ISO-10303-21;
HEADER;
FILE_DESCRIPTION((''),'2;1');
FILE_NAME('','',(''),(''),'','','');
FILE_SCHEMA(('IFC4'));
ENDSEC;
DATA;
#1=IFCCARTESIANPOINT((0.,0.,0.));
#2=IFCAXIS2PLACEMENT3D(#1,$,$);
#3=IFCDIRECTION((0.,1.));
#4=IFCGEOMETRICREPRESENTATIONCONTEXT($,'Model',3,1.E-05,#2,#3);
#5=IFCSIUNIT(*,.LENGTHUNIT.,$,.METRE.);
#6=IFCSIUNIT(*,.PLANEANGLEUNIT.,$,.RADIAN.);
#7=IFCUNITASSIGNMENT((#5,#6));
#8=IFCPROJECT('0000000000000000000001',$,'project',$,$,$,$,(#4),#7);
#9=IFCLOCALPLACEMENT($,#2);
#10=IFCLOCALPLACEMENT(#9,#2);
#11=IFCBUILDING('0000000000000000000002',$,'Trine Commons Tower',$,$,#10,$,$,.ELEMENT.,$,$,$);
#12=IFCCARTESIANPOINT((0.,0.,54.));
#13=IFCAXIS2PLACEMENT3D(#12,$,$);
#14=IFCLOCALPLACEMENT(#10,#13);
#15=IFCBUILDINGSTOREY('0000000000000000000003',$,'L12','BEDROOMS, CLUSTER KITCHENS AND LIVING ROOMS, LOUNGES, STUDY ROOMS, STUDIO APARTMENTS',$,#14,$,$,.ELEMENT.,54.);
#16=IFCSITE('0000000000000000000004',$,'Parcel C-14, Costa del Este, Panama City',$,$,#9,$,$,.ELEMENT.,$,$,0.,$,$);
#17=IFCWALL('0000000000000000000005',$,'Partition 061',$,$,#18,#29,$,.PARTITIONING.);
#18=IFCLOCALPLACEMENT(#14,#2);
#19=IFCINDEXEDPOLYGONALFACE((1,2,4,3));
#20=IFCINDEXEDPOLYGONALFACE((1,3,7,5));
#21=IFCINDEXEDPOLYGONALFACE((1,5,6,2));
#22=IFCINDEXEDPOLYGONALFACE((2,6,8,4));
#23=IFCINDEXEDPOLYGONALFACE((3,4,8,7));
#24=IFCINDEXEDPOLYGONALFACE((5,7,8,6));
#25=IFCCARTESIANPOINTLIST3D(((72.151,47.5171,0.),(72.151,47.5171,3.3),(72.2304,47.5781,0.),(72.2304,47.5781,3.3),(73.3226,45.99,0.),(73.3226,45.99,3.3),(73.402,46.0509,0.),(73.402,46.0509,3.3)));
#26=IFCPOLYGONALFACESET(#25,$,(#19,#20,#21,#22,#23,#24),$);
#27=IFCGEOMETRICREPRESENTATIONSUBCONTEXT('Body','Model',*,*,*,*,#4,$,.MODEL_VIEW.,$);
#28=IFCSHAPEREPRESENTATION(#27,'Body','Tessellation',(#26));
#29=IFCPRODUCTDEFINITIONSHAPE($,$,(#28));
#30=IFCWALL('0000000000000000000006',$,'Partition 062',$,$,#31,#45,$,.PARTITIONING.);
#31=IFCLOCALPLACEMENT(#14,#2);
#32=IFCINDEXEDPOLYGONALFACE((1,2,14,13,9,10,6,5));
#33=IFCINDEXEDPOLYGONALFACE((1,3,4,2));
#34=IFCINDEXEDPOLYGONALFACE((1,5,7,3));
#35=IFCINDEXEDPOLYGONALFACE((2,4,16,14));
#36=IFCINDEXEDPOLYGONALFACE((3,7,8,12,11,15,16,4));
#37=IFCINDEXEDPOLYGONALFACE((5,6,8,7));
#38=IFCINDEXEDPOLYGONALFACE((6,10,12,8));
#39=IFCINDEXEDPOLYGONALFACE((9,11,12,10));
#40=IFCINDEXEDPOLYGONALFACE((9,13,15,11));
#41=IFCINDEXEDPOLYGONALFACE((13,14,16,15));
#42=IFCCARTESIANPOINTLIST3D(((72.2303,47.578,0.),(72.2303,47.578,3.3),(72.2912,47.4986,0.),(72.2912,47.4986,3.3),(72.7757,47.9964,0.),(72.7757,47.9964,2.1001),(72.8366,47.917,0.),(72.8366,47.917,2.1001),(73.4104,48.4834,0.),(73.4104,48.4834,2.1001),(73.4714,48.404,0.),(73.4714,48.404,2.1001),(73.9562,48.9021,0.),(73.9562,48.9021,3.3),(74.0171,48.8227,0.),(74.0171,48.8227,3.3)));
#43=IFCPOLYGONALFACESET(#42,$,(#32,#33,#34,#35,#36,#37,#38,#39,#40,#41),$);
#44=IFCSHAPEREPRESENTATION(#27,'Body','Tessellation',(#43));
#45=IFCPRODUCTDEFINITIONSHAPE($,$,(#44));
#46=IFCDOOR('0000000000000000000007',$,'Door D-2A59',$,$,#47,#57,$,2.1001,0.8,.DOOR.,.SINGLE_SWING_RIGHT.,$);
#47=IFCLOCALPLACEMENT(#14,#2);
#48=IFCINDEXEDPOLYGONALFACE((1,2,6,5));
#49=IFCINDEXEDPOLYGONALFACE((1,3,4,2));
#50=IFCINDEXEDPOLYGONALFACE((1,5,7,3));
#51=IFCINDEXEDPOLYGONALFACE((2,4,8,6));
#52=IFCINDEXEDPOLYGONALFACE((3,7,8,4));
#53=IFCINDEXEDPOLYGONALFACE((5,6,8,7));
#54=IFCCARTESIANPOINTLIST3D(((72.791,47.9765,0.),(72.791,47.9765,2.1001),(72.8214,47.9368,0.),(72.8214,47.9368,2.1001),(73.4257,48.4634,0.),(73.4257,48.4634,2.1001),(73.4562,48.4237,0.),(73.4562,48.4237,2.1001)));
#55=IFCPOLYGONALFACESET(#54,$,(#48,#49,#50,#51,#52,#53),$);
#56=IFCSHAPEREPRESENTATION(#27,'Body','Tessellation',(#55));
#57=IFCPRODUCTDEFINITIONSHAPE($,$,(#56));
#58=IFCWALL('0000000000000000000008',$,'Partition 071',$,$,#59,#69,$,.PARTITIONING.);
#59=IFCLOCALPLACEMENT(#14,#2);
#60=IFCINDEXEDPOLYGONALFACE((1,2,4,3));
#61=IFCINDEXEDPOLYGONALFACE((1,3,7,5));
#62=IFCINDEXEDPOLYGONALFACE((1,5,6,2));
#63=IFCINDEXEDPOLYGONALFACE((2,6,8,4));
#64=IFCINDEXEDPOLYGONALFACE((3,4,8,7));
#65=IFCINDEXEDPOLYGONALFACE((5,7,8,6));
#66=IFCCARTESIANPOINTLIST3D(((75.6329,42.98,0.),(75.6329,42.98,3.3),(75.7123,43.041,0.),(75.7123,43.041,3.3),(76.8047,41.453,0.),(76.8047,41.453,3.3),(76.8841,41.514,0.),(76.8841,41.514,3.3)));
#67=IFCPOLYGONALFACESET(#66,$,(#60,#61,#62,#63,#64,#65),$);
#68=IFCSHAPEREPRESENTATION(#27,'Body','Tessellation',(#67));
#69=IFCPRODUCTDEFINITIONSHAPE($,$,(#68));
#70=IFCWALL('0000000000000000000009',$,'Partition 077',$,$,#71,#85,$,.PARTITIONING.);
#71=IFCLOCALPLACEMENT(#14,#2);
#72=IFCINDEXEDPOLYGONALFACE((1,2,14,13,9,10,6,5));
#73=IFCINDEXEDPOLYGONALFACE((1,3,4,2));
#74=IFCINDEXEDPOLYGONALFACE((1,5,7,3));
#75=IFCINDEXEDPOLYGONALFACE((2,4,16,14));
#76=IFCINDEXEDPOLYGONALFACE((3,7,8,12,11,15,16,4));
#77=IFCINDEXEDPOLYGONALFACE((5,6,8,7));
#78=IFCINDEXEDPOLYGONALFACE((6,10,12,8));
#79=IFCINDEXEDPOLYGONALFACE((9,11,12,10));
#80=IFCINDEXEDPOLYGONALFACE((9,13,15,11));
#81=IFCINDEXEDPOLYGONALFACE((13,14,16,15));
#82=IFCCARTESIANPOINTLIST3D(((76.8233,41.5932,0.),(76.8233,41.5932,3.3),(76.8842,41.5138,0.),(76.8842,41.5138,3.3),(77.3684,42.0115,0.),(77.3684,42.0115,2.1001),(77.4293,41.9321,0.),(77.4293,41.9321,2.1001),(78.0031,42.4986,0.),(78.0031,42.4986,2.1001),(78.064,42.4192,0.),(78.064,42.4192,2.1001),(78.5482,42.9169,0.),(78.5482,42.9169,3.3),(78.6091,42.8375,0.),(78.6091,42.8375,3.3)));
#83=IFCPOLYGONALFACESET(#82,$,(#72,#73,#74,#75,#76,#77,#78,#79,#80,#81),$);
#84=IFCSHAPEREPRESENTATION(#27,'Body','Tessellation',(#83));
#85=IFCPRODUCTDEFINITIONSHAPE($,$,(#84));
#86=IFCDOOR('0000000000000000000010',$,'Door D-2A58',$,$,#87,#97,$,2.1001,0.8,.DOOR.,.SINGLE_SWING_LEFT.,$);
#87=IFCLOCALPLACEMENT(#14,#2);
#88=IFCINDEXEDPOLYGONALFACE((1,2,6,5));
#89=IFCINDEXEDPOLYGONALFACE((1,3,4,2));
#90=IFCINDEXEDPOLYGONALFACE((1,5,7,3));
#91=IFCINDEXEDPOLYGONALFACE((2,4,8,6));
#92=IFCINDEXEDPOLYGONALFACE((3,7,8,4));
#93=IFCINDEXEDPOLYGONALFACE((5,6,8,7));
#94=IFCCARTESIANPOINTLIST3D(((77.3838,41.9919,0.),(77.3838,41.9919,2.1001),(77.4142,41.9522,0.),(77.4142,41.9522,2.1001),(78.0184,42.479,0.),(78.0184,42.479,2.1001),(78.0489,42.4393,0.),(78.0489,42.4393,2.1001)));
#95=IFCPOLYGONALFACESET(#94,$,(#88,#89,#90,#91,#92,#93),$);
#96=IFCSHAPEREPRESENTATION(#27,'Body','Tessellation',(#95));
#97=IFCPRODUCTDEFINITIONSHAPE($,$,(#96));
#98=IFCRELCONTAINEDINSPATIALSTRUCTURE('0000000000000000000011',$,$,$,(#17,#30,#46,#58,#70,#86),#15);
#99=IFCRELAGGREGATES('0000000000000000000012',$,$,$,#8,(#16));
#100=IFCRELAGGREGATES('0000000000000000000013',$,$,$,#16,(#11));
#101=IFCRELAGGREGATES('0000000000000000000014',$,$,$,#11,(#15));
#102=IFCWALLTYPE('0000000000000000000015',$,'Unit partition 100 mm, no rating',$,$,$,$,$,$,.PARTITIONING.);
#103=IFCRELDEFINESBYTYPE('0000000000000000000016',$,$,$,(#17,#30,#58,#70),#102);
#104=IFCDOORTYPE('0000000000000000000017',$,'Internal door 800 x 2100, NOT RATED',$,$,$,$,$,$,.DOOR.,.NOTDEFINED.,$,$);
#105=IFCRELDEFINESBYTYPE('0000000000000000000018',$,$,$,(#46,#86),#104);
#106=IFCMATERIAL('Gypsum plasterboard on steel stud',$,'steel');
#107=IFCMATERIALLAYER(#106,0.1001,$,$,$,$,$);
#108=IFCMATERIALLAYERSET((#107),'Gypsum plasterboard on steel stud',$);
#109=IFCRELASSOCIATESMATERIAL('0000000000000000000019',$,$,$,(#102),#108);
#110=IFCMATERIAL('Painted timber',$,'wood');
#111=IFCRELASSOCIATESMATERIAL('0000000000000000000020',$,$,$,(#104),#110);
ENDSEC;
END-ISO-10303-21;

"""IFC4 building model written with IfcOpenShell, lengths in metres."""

from ifc_helpers import new_model, si_unit, direction, frame, frame_2d, origin, place, context, subcontext, project, spatial, rectangle, extrude, material, layer, layer_set, type_object, element, fill, save


model = new_model("IFC4")

# Units and contexts
model_context = context("Model", 3, precision=1e-05, world=origin(), true_north=direction((0.0, 1.0)))
body_context = subcontext(model_context, "Body", "Model", "MODEL_VIEW")
ifc_project = project(units=[si_unit("LENGTHUNIT", "METRE"), si_unit("PLANEANGLEUNIT", "RADIAN")], contexts=[model_context])

# Site, building, storey
site_placement = place(None, origin())
site = spatial("IfcSite", under=ifc_project, at=site_placement, Name="Parcel C-14, Costa del Este, Panama City", CompositionType="ELEMENT", RefElevation=0.0)
building_placement = place(site_placement, origin())
building = spatial("IfcBuilding", under=site, at=building_placement, Name="Trine Commons Tower", CompositionType="ELEMENT")
storey_placement = place(building_placement, frame((0.0, 0.0, 54.0)))
storey = spatial("IfcBuildingStorey", under=building, at=storey_placement, Name="L12", Description="BEDROOMS, CLUSTER KITCHENS AND LIVING ROOMS, LOUNGES, STUDY ROOMS, STUDIO APARTMENTS", CompositionType="ELEMENT", Elevation=54.0)

# Shared definitions
ifc_material_1 = material(Name="Gypsum plasterboard on steel stud", Category="steel")

# Shared definitions
ifc_layer_1 = layer(ifc_material_1, 0.1001)
ifc_layer_set_1 = layer_set([ifc_layer_1], Name="Gypsum plasterboard on steel stud")
wall_type_1 = type_object("IfcWallType", Name="Unit partition 100 mm, no rating", PredefinedType="PARTITIONING", material=ifc_layer_set_1)

# Shared definitions
ifc_material_2 = material(Name="Painted timber", Category="wood")
door_type_1 = type_object("IfcDoorType", Name="Internal door 800 x 2100, NOT RATED", OperationType="NOTDEFINED", PredefinedType="DOOR", material=ifc_material_2)

# Wall
wall_1_placement = place(storey_placement, frame((72.1907, 47.5476, 0.0), z_axis=(0.0, 0.0, 1.0), x_axis=(0.608711, -0.793392, 0.0)))
element("IfcWall", 1, at=wall_1_placement, inside=storey, type_object=wall_type_1, Name="Partition 061", PredefinedType="PARTITIONING", context=body_context, shape_type="SweptSolid", body=[
    extrude(rectangle(XDim=1.9248, YDim=0.1001, at=frame_2d((0.9624, 0.0))), origin(), (0.0, 0.0, 1.0), 3.3),
])

# Wall, opening, door
wall_2_placement = place(storey_placement, frame((72.2607, 47.5383, 0.0), z_axis=(0.0, 0.0, 1.0), x_axis=(0.79342, 0.608674, 0.0)))
wall_2 = element("IfcWall", 2, at=wall_2_placement, inside=storey, type_object=wall_type_1, Name="Partition 062", PredefinedType="PARTITIONING", context=body_context, shape_type="SweptSolid", body=[
    extrude(rectangle(XDim=2.1753, YDim=0.1001, at=frame_2d((1.0876, 0.0))), origin(), (0.0, 0.0, 1.0), 3.3),
])
opening_1_placement = place(wall_2_placement, frame((0.6875, 0.0, 0.0)))
opening_1 = element("IfcOpeningElement", 3, at=opening_1_placement, cuts=wall_2, PredefinedType="OPENING", context=body_context, shape_type="SweptSolid", body=[
    extrude(rectangle(XDim=0.8, YDim=2.1001, at=frame_2d((0.3999, 1.05))), frame((0.0, 0.0601, 0.0), z_axis=(0.0, -1.0, 0.0), x_axis=(1.0, 0.0, 0.0)), (0.0, 0.0, 1.0), 0.1201),
])
door_1_placement = place(opening_1_placement, origin())
door_1 = element("IfcDoor", 4, at=door_1_placement, inside=storey, type_object=door_type_1, Name="Door D-2A59", OperationType="SINGLE_SWING_RIGHT", OverallHeight=2.1001, OverallWidth=0.8, PredefinedType="DOOR", context=body_context, shape_type="SweptSolid", body=[
    extrude(rectangle(XDim=0.8, YDim=2.1001, at=frame_2d((0.3999, 1.05))), frame((0.0, 0.0249, 0.0), z_axis=(0.0, -1.0, 0.0), x_axis=(1.0, 0.0, 0.0)), (0.0, 0.0, 1.0), 0.05),
])
fill(opening_1, door_1)

# Wall
wall_3_placement = place(storey_placement, frame((75.6726, 43.0105, 0.0), z_axis=(0.0, 0.0, 1.0), x_axis=(0.608791, -0.793331, 0.0)))
element("IfcWall", 5, at=wall_3_placement, inside=storey, type_object=wall_type_1, Name="Partition 071", PredefinedType="PARTITIONING", context=body_context, shape_type="SweptSolid", body=[
    extrude(rectangle(XDim=1.9248, YDim=0.1001, at=frame_2d((0.9624, 0.0))), origin(), (0.0, 0.0, 1.0), 3.3),
])

# Wall, opening, door
wall_4_placement = place(storey_placement, frame((76.8538, 41.5535, 0.0), z_axis=(0.0, 0.0, 1.0), x_axis=(0.793308, 0.60882, 0.0)))
wall_4 = element("IfcWall", 6, at=wall_4_placement, inside=storey, type_object=wall_type_1, Name="Partition 077", PredefinedType="PARTITIONING", context=body_context, shape_type="SweptSolid", body=[
    extrude(rectangle(XDim=2.1743, YDim=0.1001, at=frame_2d((1.0872, 0.0))), origin(), (0.0, 0.0, 1.0), 3.3),
])
opening_2_placement = place(wall_4_placement, frame((0.6873, 0.0, 0.0)))
opening_2 = element("IfcOpeningElement", 7, at=opening_2_placement, cuts=wall_4, PredefinedType="OPENING", context=body_context, shape_type="SweptSolid", body=[
    extrude(rectangle(XDim=0.8, YDim=2.1001, at=frame_2d((0.3999, 1.05))), frame((0.0, 0.0601, 0.0), z_axis=(0.0, -1.0, 0.0), x_axis=(1.0, 0.0, 0.0)), (0.0, 0.0, 1.0), 0.1201),
])
door_2_placement = place(opening_2_placement, frame((0.8, 0.0, 0.0), z_axis=(0.0, 0.0, 1.0), x_axis=(-1.0, 0.0, 0.0)))
door_2 = element("IfcDoor", 8, at=door_2_placement, inside=storey, type_object=door_type_1, Name="Door D-2A58", OperationType="SINGLE_SWING_LEFT", OverallHeight=2.1001, OverallWidth=0.8, PredefinedType="DOOR", context=body_context, shape_type="SweptSolid", body=[
    extrude(rectangle(XDim=0.8, YDim=2.1001, at=frame_2d((0.3999, 1.05))), frame((0.0, 0.0249, 0.0), z_axis=(0.0, -1.0, 0.0), x_axis=(1.0, 0.0, 0.0)), (0.0, 0.0, 1.0), 0.05),
])
fill(opening_2, door_2)

save(model, "model.ifc")
